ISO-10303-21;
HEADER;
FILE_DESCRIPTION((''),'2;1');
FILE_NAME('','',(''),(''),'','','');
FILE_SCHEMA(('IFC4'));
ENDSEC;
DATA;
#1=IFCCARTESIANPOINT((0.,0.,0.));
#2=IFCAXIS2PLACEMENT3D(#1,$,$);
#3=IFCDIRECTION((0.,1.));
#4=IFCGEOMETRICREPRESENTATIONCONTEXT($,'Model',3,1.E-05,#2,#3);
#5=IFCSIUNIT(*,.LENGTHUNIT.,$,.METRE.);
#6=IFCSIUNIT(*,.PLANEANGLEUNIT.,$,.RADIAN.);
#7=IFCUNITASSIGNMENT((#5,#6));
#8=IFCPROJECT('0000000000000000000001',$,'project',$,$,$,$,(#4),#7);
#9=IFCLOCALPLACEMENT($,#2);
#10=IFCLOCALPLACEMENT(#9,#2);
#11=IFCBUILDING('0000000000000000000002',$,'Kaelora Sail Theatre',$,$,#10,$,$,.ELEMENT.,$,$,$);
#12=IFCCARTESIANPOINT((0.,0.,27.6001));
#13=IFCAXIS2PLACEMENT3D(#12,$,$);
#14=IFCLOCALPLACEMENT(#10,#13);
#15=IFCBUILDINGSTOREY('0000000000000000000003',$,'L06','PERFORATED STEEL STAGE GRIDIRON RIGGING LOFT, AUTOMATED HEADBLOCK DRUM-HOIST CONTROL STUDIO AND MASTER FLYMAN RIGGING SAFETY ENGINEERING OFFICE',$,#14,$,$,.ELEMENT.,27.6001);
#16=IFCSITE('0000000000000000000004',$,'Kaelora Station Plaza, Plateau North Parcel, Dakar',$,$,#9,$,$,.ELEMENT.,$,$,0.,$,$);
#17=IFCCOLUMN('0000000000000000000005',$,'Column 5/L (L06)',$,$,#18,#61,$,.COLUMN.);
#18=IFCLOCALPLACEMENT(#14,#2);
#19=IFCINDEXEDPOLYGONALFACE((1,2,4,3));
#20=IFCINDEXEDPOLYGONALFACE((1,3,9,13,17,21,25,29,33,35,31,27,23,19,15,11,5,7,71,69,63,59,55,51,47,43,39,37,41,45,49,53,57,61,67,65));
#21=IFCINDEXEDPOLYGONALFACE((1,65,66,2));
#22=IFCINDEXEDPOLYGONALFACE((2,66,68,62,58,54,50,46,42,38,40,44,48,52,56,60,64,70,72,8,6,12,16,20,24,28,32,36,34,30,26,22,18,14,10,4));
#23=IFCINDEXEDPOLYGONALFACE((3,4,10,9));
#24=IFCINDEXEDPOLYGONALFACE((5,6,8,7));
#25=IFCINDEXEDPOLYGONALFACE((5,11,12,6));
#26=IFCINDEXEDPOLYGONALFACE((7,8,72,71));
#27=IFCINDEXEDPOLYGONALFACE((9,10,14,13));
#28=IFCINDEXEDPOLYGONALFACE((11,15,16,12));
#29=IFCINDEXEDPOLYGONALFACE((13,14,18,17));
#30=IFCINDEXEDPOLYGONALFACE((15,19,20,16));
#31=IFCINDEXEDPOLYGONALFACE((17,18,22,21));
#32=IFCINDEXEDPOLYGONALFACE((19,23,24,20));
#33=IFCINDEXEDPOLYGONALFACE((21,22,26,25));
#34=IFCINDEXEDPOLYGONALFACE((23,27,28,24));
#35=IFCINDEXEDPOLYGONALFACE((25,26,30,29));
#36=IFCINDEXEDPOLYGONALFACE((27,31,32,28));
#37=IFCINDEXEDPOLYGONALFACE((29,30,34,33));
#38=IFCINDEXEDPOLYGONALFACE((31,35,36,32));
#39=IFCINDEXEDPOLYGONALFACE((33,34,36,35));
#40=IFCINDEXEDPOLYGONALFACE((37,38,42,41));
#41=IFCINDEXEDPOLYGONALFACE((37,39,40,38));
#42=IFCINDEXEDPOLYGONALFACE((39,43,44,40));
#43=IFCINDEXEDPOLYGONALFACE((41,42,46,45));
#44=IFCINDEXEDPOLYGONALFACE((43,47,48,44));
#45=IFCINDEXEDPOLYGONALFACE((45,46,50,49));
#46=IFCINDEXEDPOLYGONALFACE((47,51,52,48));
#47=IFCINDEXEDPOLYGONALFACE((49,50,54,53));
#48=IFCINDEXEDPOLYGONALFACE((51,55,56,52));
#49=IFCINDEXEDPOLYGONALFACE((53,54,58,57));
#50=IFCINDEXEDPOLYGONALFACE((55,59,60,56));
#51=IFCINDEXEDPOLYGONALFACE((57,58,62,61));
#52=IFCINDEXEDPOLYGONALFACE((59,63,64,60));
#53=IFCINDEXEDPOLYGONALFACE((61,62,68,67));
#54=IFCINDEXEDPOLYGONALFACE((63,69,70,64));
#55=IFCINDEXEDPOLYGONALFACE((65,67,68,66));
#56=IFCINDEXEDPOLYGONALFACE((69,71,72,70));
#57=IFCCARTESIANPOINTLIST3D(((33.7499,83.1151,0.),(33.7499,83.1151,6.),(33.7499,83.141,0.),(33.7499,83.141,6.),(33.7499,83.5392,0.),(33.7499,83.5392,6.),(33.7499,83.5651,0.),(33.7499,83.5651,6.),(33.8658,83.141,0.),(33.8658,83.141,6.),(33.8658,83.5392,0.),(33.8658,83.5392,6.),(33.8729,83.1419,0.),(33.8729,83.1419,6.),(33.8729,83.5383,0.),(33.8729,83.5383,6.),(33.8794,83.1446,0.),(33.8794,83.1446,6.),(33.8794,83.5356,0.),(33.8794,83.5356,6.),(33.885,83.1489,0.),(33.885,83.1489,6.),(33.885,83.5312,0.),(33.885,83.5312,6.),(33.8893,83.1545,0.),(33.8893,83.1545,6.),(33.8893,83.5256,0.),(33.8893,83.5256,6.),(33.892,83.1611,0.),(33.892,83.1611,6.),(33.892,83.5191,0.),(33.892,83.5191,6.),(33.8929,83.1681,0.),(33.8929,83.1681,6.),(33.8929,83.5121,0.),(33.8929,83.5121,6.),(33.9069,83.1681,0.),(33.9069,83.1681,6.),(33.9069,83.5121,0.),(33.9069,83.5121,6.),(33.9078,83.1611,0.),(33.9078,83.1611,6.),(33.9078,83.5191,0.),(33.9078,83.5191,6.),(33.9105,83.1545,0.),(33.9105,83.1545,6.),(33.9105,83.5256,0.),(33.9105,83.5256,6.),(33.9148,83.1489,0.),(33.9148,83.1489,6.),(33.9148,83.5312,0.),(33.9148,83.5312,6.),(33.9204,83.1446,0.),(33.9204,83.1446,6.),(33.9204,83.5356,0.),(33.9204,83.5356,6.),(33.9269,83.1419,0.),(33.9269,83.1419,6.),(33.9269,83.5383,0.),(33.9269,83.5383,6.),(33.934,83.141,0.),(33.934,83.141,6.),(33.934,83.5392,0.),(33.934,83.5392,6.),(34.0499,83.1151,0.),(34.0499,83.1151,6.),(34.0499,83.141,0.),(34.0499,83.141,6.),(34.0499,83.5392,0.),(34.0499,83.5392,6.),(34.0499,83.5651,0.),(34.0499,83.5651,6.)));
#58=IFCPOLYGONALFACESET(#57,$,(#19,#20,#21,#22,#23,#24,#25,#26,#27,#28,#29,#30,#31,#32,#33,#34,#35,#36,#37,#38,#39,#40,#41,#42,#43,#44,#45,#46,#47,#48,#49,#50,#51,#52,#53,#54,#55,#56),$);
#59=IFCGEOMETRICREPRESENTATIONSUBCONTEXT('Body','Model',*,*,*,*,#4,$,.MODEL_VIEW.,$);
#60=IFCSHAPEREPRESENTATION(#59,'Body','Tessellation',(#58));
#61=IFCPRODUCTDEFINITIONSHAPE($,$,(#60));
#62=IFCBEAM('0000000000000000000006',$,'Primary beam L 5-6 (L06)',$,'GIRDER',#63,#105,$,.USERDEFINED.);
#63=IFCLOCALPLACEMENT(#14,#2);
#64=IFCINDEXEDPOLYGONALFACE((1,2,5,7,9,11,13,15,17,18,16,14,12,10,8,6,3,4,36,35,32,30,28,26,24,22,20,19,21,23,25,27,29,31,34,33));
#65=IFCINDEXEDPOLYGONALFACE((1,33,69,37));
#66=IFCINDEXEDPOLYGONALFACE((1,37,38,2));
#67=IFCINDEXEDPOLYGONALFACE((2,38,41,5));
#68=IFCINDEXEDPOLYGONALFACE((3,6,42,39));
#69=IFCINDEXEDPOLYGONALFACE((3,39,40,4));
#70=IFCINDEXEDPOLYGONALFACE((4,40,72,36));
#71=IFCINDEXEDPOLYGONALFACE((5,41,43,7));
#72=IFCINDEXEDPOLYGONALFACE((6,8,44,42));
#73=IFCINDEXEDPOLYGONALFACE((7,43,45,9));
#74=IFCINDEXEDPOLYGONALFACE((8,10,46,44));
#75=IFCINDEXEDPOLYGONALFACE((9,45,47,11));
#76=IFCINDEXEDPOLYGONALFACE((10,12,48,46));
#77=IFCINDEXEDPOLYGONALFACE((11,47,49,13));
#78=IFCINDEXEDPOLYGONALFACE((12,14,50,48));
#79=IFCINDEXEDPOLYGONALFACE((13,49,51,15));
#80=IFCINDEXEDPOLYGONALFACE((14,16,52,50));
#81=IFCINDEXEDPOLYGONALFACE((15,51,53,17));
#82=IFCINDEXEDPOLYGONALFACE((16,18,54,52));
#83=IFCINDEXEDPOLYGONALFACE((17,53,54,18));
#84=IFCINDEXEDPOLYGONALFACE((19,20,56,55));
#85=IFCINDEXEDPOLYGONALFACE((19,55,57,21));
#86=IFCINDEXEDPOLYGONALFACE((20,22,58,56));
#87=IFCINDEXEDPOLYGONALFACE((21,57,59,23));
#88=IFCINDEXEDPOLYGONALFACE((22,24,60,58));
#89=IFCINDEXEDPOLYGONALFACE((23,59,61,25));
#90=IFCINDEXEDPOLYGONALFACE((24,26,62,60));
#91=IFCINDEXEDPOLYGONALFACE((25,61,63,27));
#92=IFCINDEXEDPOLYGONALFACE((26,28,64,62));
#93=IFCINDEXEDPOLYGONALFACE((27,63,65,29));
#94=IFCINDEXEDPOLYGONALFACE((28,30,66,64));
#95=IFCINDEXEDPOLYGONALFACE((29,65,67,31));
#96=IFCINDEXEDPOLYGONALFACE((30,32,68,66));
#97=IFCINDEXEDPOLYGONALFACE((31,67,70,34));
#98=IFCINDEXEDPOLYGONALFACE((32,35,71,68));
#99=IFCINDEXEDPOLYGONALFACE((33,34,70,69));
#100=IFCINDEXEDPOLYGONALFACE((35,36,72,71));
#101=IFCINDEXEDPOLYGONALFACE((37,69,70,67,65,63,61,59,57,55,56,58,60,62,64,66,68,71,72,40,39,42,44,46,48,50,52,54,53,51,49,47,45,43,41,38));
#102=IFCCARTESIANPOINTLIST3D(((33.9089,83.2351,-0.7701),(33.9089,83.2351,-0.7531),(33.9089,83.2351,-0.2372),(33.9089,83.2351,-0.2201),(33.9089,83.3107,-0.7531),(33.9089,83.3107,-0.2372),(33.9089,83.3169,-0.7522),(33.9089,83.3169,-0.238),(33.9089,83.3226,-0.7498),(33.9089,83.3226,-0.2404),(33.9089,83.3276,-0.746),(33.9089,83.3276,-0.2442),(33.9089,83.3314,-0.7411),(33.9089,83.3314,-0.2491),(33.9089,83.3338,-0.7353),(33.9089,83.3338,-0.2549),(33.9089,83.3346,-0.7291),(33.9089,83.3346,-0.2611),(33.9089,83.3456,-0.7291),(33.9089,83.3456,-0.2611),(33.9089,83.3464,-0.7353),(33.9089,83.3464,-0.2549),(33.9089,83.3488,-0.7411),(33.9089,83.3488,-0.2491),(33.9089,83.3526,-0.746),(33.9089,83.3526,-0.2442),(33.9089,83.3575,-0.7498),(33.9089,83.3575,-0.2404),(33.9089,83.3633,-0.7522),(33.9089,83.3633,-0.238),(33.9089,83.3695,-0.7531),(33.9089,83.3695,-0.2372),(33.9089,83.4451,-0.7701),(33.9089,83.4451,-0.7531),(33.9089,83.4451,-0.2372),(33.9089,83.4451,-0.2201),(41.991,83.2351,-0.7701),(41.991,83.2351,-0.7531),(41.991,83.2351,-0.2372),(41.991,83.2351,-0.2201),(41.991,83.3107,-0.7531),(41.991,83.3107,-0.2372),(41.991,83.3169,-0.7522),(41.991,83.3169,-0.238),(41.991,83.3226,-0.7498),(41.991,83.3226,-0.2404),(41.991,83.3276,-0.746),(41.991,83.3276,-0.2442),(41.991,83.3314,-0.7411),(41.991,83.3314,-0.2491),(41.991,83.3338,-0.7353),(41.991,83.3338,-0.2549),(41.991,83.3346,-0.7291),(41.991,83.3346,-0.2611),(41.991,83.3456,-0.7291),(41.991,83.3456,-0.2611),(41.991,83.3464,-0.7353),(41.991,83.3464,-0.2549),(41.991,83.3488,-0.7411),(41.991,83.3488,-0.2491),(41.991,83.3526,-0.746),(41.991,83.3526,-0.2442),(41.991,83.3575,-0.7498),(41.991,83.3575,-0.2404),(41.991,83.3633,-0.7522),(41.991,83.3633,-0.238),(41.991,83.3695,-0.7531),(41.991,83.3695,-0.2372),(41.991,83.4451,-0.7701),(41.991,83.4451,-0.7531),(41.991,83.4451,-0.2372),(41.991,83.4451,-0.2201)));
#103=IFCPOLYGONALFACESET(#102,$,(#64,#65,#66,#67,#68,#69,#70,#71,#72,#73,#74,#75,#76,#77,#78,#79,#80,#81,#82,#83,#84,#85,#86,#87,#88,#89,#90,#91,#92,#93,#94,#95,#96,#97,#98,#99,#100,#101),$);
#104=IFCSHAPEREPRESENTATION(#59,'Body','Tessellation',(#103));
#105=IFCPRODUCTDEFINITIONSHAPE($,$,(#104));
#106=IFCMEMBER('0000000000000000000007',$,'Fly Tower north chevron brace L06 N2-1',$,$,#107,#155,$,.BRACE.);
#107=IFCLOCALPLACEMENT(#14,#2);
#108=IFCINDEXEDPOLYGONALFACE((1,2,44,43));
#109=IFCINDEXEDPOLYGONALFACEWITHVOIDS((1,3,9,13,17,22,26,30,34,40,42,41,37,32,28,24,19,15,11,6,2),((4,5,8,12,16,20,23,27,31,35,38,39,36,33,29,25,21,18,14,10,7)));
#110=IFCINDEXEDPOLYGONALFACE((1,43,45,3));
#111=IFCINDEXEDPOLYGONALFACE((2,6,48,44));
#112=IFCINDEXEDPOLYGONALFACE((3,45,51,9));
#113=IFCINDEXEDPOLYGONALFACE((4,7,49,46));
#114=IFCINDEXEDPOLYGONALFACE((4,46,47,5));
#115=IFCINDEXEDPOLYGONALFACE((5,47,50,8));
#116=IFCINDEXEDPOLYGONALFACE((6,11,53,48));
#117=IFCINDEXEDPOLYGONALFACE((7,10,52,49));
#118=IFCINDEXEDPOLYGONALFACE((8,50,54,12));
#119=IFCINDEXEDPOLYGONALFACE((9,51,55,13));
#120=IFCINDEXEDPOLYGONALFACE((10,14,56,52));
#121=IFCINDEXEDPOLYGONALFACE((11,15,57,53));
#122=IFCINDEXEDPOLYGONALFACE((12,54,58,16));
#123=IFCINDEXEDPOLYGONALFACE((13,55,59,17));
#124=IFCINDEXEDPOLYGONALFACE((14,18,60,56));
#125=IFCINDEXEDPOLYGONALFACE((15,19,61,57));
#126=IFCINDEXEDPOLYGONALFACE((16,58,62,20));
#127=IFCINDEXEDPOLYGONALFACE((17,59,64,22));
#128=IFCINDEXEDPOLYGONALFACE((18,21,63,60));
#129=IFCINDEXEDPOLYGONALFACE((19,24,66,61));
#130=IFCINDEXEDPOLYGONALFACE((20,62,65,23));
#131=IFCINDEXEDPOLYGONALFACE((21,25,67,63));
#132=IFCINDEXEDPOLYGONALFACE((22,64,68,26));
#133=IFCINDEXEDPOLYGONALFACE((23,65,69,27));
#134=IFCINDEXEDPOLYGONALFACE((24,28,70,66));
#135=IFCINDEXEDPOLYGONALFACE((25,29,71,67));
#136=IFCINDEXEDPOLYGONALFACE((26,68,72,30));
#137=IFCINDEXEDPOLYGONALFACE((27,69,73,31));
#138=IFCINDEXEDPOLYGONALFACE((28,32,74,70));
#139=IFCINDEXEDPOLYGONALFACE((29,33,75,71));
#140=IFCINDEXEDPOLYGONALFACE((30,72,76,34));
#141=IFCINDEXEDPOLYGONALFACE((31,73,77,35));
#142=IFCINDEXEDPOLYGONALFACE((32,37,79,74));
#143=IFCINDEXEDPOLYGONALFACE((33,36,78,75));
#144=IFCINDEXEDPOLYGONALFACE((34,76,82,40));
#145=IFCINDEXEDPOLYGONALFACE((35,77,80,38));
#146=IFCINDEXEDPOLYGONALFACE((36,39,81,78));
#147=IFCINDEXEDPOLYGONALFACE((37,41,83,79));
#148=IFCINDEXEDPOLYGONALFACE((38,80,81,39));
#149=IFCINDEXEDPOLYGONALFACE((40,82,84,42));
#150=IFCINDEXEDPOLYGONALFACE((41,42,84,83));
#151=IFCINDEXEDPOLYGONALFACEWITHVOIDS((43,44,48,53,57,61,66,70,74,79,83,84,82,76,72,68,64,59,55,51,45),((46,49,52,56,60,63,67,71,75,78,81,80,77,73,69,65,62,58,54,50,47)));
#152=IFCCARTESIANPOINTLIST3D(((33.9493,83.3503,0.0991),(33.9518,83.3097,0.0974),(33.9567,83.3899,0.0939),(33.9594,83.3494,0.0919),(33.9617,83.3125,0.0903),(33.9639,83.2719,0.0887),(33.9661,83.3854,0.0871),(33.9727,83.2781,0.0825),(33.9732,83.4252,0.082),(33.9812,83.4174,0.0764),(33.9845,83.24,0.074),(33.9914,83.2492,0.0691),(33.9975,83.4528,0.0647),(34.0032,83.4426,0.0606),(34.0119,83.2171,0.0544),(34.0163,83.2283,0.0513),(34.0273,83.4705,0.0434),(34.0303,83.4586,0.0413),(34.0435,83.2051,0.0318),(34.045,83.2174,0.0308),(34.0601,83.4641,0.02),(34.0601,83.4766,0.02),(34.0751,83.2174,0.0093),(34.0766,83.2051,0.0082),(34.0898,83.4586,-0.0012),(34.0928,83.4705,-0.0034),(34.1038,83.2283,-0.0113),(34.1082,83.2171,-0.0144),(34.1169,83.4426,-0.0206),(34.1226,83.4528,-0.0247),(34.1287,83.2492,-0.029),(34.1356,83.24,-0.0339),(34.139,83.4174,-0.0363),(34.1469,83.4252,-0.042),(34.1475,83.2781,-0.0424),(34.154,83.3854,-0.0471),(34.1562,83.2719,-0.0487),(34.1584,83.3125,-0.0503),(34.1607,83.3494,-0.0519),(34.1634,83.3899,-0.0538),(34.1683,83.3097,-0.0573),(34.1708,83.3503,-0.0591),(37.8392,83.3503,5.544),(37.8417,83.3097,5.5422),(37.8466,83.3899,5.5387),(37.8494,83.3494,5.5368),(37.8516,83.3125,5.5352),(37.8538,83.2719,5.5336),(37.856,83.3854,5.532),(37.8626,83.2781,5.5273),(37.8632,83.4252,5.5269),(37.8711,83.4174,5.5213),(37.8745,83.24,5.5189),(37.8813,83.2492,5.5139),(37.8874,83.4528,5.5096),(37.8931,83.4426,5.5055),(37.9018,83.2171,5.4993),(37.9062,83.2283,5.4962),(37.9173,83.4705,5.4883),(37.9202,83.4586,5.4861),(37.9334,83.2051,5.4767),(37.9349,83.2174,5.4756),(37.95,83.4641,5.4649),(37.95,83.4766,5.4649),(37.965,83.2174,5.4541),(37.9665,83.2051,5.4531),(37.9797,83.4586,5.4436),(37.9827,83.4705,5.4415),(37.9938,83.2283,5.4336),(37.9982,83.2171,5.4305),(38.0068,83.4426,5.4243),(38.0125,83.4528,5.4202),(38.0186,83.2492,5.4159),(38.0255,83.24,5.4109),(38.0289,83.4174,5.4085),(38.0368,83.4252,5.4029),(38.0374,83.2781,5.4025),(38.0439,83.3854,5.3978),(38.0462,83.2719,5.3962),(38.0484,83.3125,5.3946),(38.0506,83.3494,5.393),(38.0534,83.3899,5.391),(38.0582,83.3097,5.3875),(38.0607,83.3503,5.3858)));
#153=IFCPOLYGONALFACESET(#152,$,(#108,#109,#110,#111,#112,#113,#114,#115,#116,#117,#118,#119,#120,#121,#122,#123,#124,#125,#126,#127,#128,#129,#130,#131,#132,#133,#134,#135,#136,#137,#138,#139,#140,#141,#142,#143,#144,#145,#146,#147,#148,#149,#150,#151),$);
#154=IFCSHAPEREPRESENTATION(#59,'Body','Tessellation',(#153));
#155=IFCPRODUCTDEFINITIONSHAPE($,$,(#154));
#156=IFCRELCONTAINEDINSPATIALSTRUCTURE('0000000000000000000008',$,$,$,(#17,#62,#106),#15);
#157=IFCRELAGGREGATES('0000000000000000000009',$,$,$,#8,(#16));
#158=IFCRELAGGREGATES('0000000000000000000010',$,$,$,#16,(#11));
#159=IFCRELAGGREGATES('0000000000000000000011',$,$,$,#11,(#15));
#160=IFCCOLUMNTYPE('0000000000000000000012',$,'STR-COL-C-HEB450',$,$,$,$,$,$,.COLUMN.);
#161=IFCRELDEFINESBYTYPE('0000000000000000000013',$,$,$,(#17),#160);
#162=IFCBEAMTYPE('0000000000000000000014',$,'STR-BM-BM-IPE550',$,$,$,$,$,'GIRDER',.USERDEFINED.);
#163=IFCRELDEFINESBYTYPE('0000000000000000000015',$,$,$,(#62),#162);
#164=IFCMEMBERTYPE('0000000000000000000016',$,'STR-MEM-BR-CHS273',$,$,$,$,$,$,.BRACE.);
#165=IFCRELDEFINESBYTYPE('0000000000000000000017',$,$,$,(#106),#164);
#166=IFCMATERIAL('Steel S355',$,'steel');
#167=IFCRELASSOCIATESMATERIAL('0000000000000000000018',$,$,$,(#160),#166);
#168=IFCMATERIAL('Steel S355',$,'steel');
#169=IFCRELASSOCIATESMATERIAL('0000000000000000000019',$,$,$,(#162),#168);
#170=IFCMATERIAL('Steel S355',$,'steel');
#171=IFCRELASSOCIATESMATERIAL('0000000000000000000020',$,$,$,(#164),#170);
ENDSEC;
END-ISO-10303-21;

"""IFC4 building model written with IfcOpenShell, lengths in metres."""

from ifc_helpers import new_model, si_unit, direction, frame, origin, origin_2d, place, context, subcontext, project, spatial, hollow_circle, i_section, extrude, material, material_profile, profile_set, type_object, element, save


model = new_model("IFC4")

# Units and contexts
model_context = context("Model", 3, precision=1e-05, world=origin(), true_north=direction((0.0, 1.0)))
body_context = subcontext(model_context, "Body", "Model", "MODEL_VIEW")
ifc_project = project(units=[si_unit("LENGTHUNIT", "METRE"), si_unit("PLANEANGLEUNIT", "RADIAN")], contexts=[model_context])

# Site, building, storey
site_placement = place(None, origin())
site = spatial("IfcSite", under=ifc_project, at=site_placement, Name="Kaelora Station Plaza, Plateau North Parcel, Dakar", CompositionType="ELEMENT", RefElevation=0.0)
building_placement = place(site_placement, origin())
building = spatial("IfcBuilding", under=site, at=building_placement, Name="Kaelora Sail Theatre", CompositionType="ELEMENT")
storey_placement = place(building_placement, frame((0.0, 0.0, 27.6001)))
storey = spatial("IfcBuildingStorey", under=building, at=storey_placement, Name="L06", Description="PERFORATED STEEL STAGE GRIDIRON RIGGING LOFT, AUTOMATED HEADBLOCK DRUM-HOIST CONTROL STUDIO AND MASTER FLYMAN RIGGING SAFETY ENGINEERING OFFICE", CompositionType="ELEMENT", Elevation=27.6001)

# Column
ifc_material_1 = material(Name="Steel S355", Category="steel")
ifc_material_profile_1 = material_profile(ifc_material_1, i_section(OverallWidth=0.3, OverallDepth=0.45, WebThickness=0.0139, FlangeThickness=0.0259, FilletRadius=0.0271, at=origin_2d()), Name="HEB 450")
ifc_profile_set_1 = profile_set([ifc_material_profile_1], Name="Steel S355")
column_type = type_object("IfcColumnType", Name="STR-COL-C-HEB450", PredefinedType="COLUMN", material=ifc_profile_set_1)
column_placement = place(storey_placement, frame((33.8999, 83.3401, 0.0), z_axis=(0.0, 0.0, 1.0), x_axis=(1.0, 0.0, 0.0)))
element("IfcColumn", 1, at=column_placement, inside=storey, type_object=column_type, Name="Column 5/L (L06)", PredefinedType="COLUMN", context=body_context, shape_type="SweptSolid", body=[
    extrude(i_section(OverallWidth=0.3, OverallDepth=0.45, WebThickness=0.0139, FlangeThickness=0.0259, FilletRadius=0.0271, at=origin_2d()), origin(), (0.0, 0.0, 1.0), 6.0),
])

# Beam
ifc_material_2 = material(Name="Steel S355", Category="steel")
ifc_material_profile_2 = material_profile(ifc_material_2, i_section(OverallWidth=0.21, OverallDepth=0.55, WebThickness=0.011, FlangeThickness=0.0171, FilletRadius=0.0239, at=origin_2d()), Name="IPE 550")
ifc_profile_set_2 = profile_set([ifc_material_profile_2], Name="Steel S355")
beam_type = type_object("IfcBeamType", Name="STR-BM-BM-IPE550", ElementType="GIRDER", PredefinedType="USERDEFINED", material=ifc_profile_set_2)
beam_placement = place(storey_placement, frame((33.9089, 83.3401, -0.4951), z_axis=(1.0, 0.0, 0.0), x_axis=(0.0, 1.0, 0.0)))
element("IfcBeam", 2, at=beam_placement, inside=storey, type_object=beam_type, Name="Primary beam L 5-6 (L06)", ObjectType="GIRDER", PredefinedType="USERDEFINED", context=body_context, shape_type="SweptSolid", body=[
    extrude(i_section(OverallWidth=0.21, OverallDepth=0.55, WebThickness=0.011, FlangeThickness=0.0171, FilletRadius=0.0239, at=origin_2d()), origin(), (0.0, 0.0, 1.0), 8.082),
])

# Member
ifc_material_3 = material(Name="Steel S355", Category="steel")
ifc_material_profile_3 = material_profile(ifc_material_3, hollow_circle(Radius=0.1365, WallThickness=0.0125, at=origin_2d()), Name="CHS 273.0x12.5")
ifc_profile_set_3 = profile_set([ifc_material_profile_3], Name="Steel S355")
member_type_1 = type_object("IfcMemberType", Name="STR-MEM-BR-CHS273", PredefinedType="BRACE", material=ifc_profile_set_3)
for number, where, z_axis, x_axis, name in (
    (3, (34.0601, 83.3401, 0.02), (0.581311, 0.0, 0.813682), (0.0, 1.0, 0.0), "Fly Tower north chevron brace L06 N2-1"),
):
    element("IfcMember", number, at=place(storey_placement, frame(where, z_axis=z_axis, x_axis=x_axis)), inside=storey, type_object=member_type_1, Name=name, PredefinedType="BRACE", context=body_context, shape_type="SweptSolid", body=[
        extrude(hollow_circle(Radius=0.1365, WallThickness=0.0125, at=origin_2d()), origin(), (0.0, 0.0, 1.0), 6.6917),
    ])

save(model, "model.ifc")
